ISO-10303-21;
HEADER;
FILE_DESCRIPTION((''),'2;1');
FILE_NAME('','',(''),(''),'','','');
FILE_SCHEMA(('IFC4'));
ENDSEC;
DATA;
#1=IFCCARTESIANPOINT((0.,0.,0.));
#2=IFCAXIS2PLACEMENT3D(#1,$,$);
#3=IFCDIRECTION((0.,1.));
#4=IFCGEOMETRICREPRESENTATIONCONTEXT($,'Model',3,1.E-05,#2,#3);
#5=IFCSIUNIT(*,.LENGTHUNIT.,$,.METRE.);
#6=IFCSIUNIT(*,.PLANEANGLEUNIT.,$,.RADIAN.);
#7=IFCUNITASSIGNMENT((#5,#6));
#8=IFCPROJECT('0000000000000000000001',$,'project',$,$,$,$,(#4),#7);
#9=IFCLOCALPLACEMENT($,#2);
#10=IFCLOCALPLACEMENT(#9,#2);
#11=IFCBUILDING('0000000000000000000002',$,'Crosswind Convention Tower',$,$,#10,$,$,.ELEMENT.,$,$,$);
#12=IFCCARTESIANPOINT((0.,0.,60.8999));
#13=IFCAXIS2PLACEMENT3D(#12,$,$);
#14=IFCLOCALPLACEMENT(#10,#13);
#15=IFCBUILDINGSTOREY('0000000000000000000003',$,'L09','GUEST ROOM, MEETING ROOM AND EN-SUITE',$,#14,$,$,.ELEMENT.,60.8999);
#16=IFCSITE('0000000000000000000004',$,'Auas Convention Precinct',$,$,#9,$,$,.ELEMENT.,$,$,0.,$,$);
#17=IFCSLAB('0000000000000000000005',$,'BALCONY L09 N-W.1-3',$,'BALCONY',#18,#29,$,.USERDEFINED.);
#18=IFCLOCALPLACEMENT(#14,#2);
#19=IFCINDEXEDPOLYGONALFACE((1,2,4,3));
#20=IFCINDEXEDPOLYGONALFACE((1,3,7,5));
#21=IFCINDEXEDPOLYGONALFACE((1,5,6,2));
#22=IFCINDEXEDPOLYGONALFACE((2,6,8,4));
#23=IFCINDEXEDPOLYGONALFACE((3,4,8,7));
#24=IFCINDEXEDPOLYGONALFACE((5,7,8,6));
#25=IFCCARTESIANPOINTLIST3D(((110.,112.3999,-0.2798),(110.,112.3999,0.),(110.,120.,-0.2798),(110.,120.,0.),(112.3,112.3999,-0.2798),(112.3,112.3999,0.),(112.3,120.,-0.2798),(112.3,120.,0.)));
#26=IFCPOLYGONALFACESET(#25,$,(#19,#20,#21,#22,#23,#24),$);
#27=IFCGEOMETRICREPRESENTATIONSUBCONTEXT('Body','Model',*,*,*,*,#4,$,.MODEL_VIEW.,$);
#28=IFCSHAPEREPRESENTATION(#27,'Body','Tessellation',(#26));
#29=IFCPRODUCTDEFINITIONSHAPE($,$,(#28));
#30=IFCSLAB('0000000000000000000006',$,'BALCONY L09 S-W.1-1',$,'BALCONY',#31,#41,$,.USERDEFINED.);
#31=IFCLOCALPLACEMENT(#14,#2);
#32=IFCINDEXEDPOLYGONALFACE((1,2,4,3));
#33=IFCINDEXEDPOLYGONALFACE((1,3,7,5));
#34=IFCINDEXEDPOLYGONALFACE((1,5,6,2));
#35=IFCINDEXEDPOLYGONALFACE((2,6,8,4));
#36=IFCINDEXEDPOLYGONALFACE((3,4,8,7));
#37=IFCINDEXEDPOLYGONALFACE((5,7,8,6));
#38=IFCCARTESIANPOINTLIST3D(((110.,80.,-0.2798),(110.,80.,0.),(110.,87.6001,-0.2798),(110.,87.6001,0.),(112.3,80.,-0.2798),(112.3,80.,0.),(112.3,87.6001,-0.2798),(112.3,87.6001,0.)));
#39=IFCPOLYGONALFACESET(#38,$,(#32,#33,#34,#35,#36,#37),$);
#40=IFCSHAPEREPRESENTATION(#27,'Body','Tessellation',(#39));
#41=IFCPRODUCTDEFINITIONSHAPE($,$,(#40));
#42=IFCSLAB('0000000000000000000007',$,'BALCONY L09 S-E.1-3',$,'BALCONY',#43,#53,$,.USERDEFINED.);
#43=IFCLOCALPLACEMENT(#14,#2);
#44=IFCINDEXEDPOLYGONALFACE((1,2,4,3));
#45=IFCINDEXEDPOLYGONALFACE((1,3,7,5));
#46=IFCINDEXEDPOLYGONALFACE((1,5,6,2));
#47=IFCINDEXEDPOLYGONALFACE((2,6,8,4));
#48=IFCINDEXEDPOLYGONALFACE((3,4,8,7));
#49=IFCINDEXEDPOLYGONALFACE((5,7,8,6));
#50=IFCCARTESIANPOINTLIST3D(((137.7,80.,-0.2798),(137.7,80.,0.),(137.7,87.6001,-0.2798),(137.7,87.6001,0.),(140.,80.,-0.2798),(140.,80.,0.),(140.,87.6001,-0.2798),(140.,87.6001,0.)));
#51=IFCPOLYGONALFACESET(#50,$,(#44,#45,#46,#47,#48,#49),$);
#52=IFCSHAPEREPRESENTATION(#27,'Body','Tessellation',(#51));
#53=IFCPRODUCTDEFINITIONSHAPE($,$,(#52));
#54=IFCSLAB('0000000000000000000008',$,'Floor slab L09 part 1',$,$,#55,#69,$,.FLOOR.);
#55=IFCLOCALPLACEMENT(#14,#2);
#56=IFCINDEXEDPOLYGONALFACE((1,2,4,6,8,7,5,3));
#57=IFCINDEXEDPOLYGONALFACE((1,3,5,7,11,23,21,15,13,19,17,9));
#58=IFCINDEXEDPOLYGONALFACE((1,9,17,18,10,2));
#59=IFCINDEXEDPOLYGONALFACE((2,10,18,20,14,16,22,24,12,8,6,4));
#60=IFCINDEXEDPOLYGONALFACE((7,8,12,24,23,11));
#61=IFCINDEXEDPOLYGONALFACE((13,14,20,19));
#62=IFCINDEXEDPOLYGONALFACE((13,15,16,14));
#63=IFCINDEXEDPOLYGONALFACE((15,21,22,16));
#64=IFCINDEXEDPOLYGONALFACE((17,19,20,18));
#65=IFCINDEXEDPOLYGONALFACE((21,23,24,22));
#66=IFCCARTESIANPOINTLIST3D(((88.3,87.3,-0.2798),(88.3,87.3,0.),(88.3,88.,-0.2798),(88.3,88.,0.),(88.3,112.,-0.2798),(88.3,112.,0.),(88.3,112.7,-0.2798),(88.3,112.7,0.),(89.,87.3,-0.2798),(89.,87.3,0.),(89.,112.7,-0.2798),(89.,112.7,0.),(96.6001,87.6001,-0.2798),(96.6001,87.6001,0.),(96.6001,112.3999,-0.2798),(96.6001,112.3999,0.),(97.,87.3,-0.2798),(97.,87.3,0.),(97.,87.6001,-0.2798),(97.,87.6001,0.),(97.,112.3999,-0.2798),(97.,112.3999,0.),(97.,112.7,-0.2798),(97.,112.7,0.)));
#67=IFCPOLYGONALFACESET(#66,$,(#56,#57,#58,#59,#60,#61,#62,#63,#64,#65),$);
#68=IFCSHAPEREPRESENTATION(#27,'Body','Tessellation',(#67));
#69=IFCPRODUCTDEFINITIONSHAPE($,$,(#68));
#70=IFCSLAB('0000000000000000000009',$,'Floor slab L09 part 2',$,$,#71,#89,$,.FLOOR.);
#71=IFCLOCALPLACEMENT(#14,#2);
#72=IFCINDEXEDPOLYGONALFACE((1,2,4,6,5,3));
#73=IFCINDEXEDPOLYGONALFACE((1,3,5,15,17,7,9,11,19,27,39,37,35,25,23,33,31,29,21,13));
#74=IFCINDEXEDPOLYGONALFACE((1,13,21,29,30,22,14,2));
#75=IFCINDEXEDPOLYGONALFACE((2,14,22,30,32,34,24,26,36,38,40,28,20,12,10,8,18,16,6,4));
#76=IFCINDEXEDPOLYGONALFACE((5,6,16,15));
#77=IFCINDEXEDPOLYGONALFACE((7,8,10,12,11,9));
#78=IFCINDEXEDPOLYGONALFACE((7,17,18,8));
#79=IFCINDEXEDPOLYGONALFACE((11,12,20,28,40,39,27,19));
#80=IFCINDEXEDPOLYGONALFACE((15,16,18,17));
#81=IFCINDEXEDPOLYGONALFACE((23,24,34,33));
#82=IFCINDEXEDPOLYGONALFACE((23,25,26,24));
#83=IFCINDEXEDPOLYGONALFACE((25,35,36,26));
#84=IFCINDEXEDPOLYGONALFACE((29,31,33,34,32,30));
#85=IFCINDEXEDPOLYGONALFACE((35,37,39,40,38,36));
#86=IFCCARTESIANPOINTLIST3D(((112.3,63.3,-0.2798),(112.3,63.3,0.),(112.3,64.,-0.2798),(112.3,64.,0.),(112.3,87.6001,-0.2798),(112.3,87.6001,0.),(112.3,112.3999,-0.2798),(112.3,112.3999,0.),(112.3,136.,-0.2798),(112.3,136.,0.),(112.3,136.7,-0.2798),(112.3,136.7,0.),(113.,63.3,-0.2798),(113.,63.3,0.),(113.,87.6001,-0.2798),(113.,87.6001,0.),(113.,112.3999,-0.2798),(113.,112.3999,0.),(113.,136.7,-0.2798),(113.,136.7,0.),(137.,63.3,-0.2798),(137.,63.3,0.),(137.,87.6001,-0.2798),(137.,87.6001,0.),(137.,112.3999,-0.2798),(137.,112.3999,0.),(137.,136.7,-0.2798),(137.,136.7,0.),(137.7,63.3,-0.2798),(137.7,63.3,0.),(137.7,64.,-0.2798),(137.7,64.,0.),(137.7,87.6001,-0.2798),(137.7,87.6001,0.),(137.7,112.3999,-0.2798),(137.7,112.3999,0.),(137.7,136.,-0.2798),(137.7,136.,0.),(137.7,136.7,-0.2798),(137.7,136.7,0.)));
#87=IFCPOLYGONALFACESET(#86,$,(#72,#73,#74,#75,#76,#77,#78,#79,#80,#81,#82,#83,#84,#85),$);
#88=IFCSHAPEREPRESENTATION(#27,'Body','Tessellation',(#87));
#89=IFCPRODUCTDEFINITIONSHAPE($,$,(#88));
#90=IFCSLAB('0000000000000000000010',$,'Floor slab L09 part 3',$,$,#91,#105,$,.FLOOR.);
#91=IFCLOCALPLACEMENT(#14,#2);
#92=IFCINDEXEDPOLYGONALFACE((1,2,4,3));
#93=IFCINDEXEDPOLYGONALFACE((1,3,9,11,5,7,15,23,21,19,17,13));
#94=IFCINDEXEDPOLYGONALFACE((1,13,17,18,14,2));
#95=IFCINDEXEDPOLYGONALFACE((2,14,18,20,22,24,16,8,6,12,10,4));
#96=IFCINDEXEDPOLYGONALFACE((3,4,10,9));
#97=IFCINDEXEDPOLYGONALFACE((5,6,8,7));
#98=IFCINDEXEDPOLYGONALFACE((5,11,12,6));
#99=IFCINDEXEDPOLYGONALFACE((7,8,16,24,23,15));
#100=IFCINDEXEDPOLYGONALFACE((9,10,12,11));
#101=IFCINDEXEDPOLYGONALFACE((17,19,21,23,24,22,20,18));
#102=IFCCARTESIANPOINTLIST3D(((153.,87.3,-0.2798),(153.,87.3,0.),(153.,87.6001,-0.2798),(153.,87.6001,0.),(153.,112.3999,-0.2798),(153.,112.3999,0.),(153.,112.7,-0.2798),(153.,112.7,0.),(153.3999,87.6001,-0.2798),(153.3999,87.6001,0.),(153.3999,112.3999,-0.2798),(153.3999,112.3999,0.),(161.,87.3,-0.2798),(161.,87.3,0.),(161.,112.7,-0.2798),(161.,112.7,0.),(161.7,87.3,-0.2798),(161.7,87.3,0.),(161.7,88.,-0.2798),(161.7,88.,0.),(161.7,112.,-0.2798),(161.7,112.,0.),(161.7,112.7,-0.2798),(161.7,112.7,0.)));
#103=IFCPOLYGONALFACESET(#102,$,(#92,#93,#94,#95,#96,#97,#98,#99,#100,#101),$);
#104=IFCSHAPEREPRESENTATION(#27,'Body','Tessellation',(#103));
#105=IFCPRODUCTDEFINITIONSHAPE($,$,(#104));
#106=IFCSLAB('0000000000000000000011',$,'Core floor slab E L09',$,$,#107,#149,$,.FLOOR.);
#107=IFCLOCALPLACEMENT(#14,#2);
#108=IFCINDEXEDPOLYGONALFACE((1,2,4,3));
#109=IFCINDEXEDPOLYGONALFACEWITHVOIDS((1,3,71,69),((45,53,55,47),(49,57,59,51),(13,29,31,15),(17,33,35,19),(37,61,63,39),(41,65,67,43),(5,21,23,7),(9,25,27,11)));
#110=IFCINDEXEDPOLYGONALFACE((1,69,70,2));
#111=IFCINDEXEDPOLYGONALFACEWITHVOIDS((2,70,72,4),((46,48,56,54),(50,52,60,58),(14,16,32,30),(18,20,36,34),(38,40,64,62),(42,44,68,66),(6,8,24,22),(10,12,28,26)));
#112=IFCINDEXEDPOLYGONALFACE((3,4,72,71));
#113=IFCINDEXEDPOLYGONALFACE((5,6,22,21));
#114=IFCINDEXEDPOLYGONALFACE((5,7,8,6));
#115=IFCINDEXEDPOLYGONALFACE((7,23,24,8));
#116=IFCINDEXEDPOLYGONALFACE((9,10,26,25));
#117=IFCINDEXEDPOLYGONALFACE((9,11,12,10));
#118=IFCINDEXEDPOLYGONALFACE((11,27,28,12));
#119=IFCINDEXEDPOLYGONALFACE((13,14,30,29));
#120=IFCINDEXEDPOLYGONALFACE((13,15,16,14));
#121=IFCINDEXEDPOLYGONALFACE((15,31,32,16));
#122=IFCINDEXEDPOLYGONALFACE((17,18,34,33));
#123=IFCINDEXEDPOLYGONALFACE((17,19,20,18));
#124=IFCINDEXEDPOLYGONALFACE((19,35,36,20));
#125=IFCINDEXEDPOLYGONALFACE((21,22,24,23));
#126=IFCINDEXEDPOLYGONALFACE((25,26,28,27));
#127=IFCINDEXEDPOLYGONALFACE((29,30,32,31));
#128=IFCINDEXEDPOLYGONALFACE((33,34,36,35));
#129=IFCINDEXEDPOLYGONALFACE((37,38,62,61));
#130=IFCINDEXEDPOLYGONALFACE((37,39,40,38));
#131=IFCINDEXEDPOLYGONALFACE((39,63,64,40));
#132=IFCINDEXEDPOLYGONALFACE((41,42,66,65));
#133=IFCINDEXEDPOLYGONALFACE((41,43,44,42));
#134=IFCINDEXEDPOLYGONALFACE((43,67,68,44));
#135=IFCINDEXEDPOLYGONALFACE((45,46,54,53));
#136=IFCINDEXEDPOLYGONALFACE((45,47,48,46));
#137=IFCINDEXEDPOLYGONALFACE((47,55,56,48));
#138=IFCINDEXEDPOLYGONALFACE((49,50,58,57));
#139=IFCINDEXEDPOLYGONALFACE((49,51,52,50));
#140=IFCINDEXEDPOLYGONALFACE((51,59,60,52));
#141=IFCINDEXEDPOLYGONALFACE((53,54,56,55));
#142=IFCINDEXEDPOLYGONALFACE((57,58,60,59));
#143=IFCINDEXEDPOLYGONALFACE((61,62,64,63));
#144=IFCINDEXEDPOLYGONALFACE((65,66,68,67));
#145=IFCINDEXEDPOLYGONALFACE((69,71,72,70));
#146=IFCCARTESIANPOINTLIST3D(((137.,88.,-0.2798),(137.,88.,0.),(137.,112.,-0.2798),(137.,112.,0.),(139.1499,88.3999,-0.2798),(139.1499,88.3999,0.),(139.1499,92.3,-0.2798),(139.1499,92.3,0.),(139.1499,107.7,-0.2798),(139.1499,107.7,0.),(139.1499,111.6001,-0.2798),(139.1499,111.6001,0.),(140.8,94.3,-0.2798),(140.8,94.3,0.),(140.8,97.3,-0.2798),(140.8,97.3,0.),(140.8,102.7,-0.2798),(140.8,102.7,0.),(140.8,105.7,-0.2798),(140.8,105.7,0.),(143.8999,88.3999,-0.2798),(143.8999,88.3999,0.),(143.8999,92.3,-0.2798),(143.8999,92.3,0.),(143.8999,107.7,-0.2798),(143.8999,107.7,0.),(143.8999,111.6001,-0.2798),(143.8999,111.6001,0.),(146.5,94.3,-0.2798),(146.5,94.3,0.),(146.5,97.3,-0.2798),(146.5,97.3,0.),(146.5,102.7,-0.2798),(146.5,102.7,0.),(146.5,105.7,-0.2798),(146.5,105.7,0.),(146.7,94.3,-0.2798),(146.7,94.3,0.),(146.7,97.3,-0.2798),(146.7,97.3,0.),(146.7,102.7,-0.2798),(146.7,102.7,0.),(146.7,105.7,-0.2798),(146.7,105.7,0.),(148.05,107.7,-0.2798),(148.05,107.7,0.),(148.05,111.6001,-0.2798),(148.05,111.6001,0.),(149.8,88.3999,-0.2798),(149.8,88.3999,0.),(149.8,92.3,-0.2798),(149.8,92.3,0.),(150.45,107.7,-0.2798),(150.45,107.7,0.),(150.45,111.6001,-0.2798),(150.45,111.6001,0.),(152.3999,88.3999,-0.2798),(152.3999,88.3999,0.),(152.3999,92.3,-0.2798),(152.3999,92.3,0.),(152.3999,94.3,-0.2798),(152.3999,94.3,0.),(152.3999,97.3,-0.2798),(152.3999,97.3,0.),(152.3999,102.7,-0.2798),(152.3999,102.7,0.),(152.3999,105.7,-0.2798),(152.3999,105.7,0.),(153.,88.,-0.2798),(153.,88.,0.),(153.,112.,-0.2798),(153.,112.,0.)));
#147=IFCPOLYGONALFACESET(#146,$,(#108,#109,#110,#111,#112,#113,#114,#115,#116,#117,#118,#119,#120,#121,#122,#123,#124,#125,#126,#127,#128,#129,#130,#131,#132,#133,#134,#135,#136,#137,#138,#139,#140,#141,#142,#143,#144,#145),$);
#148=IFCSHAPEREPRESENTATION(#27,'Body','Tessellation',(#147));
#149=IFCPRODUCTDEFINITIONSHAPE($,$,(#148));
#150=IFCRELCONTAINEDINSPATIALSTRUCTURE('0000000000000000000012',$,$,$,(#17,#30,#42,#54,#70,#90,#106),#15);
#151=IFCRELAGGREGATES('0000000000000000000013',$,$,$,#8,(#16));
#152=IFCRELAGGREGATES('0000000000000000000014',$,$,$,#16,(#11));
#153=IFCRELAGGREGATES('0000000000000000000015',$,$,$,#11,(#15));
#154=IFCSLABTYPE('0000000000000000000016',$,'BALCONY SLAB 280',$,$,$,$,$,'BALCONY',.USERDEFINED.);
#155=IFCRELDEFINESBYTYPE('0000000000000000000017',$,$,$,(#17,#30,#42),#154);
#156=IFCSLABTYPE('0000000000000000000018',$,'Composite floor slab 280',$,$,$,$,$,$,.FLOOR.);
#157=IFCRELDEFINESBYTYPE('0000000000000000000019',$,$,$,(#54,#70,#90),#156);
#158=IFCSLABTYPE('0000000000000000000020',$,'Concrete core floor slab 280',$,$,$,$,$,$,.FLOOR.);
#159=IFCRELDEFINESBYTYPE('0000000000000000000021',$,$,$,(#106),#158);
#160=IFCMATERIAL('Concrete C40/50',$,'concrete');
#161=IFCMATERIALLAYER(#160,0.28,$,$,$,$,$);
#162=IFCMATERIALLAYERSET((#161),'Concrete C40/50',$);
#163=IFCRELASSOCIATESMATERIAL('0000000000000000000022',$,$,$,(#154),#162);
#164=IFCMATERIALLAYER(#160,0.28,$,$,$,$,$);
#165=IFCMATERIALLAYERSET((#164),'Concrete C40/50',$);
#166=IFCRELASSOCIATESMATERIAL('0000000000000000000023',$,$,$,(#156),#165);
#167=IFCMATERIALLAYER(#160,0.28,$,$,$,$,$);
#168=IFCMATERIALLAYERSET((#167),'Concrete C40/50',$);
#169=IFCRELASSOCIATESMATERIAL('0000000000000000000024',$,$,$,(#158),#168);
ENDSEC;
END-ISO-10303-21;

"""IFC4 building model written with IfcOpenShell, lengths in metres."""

from ifc_helpers import new_model, si_unit, direction, frame, origin, place, context, subcontext, project, spatial, polyline, outline, extrude, material, layer, layer_set, type_object, element, save


model = new_model("IFC4")

# Units and contexts
model_context = context("Model", 3, precision=1e-05, world=origin(), true_north=direction((0.0, 1.0)))
body_context = subcontext(model_context, "Body", "Model", "MODEL_VIEW")
ifc_project = project(units=[si_unit("LENGTHUNIT", "METRE"), si_unit("PLANEANGLEUNIT", "RADIAN")], contexts=[model_context])

# Site, building, storey
site_placement = place(None, origin())
site = spatial("IfcSite", under=ifc_project, at=site_placement, Name="Auas Convention Precinct", CompositionType="ELEMENT", RefElevation=0.0)
building_placement = place(site_placement, origin())
building = spatial("IfcBuilding", under=site, at=building_placement, Name="Crosswind Convention Tower", CompositionType="ELEMENT")
storey_placement = place(building_placement, frame((0.0, 0.0, 60.8999)))
storey = spatial("IfcBuildingStorey", under=building, at=storey_placement, Name="L09", Description="GUEST ROOM, MEETING ROOM AND EN-SUITE", CompositionType="ELEMENT", Elevation=60.8999)

# Slabs
ifc_material_1 = material(Name="Concrete C40/50", Category="concrete")
ifc_layer_1 = layer(ifc_material_1, 0.28)
ifc_layer_set_1 = layer_set([ifc_layer_1], Name="Concrete C40/50")
slab_type_1 = type_object("IfcSlabType", Name="BALCONY SLAB 280", ElementType="BALCONY", PredefinedType="USERDEFINED", material=ifc_layer_set_1)
slab_1_placement = place(storey_placement, frame((0.0, 0.0, -0.2798)))
element("IfcSlab", 1, at=slab_1_placement, inside=storey, type_object=slab_type_1, Name="BALCONY L09 N-W.1-3", ObjectType="BALCONY", PredefinedType="USERDEFINED", context=body_context, shape_type="SweptSolid", body=[
    extrude(outline(polyline([(112.3, 120.0), (112.3, 112.3999), (110.0, 112.3999), (110.0, 120.0), (112.3, 120.0)])), origin(), (0.0, 0.0, 1.0), 0.2798),
])
slab_2_placement = place(storey_placement, frame((0.0, 0.0, -0.2798)))
element("IfcSlab", 2, at=slab_2_placement, inside=storey, type_object=slab_type_1, Name="BALCONY L09 S-W.1-1", ObjectType="BALCONY", PredefinedType="USERDEFINED", context=body_context, shape_type="SweptSolid", body=[
    extrude(outline(polyline([(112.3, 87.6001), (112.3, 80.0), (110.0, 80.0), (110.0, 87.6001), (112.3, 87.6001)])), origin(), (0.0, 0.0, 1.0), 0.2798),
])
slab_3_placement = place(storey_placement, frame((0.0, 0.0, -0.2798)))
element("IfcSlab", 3, at=slab_3_placement, inside=storey, type_object=slab_type_1, Name="BALCONY L09 S-E.1-3", ObjectType="BALCONY", PredefinedType="USERDEFINED", context=body_context, shape_type="SweptSolid", body=[
    extrude(outline(polyline([(137.7, 80.0), (137.7, 87.6001), (140.0, 87.6001), (140.0, 80.0), (137.7, 80.0)])), origin(), (0.0, 0.0, 1.0), 0.2798),
])
ifc_layer_2 = layer(ifc_material_1, 0.28)
ifc_layer_set_2 = layer_set([ifc_layer_2], Name="Concrete C40/50")
slab_type_2 = type_object("IfcSlabType", Name="Composite floor slab 280", PredefinedType="FLOOR", material=ifc_layer_set_2)
slab_4_placement = place(storey_placement, frame((0.0, 0.0, -0.2798)))
element("IfcSlab", 4, at=slab_4_placement, inside=storey, type_object=slab_type_2, Name="Floor slab L09 part 1", PredefinedType="FLOOR", context=body_context, shape_type="SweptSolid", body=[
    extrude(outline(polyline([(97.0, 87.3), (89.0, 87.3), (88.3, 87.3), (88.3, 88.0), (88.3, 112.0), (88.3, 112.7), (89.0, 112.7), (97.0, 112.7), (97.0, 112.3999), (96.6001, 112.3999), (96.6001, 87.6001), (97.0, 87.6001), (97.0, 87.3)])), origin(), (0.0, 0.0, 1.0), 0.2798),
])
slab_5_placement = place(storey_placement, frame((0.0, 0.0, -0.2798)))
element("IfcSlab", 5, at=slab_5_placement, inside=storey, type_object=slab_type_2, Name="Floor slab L09 part 2", PredefinedType="FLOOR", context=body_context, shape_type="SweptSolid", body=[
    extrude(outline(polyline([(112.3, 87.6001), (113.0, 87.6001), (113.0, 112.3999), (112.3, 112.3999), (112.3, 136.0), (112.3, 136.7), (113.0, 136.7), (137.0, 136.7), (137.7, 136.7), (137.7, 136.0), (137.7, 112.3999), (137.0, 112.3999), (137.0, 87.6001), (137.7, 87.6001), (137.7, 64.0), (137.7, 63.3), (137.0, 63.3), (113.0, 63.3), (112.3, 63.3), (112.3, 64.0), (112.3, 87.6001)])), origin(), (0.0, 0.0, 1.0), 0.2798),
])
slab_6_placement = place(storey_placement, frame((0.0, 0.0, -0.2798)))
element("IfcSlab", 6, at=slab_6_placement, inside=storey, type_object=slab_type_2, Name="Floor slab L09 part 3", PredefinedType="FLOOR", context=body_context, shape_type="SweptSolid", body=[
    extrude(outline(polyline([(153.0, 112.7), (161.0, 112.7), (161.7, 112.7), (161.7, 112.0), (161.7, 88.0), (161.7, 87.3), (161.0, 87.3), (153.0, 87.3), (153.0, 87.6001), (153.3999, 87.6001), (153.3999, 112.3999), (153.0, 112.3999), (153.0, 112.7)])), origin(), (0.0, 0.0, 1.0), 0.2798),
])
ifc_layer_3 = layer(ifc_material_1, 0.28)
ifc_layer_set_3 = layer_set([ifc_layer_3], Name="Concrete C40/50")
slab_type_3 = type_object("IfcSlabType", Name="Concrete core floor slab 280", PredefinedType="FLOOR", material=ifc_layer_set_3)
slab_7_placement = place(storey_placement, frame((0.0, 0.0, -0.2798)))
element("IfcSlab", 7, at=slab_7_placement, inside=storey, type_object=slab_type_3, Name="Core floor slab E L09", PredefinedType="FLOOR", context=body_context, shape_type="SweptSolid", body=[
    extrude(outline(polyline([(137.0, 88.0), (153.0, 88.0), (153.0, 112.0), (137.0, 112.0), (137.0, 88.0)]), holes=[polyline([(146.5, 102.7), (146.5, 105.7), (140.8, 105.7), (140.8, 102.7), (146.5, 102.7)]), polyline([(152.3999, 102.7), (152.3999, 105.7), (146.7, 105.7), (146.7, 102.7), (152.3999, 102.7)]), polyline([(146.5, 94.3), (146.5, 97.3), (140.8, 97.3), (140.8, 94.3), (146.5, 94.3)]), polyline([(152.3999, 94.3), (152.3999, 97.3), (146.7, 97.3), (146.7, 94.3), (152.3999, 94.3)]), polyline([(150.45, 107.7), (150.45, 111.6001), (148.05, 111.6001), (148.05, 107.7), (150.45, 107.7)]), polyline([(152.3999, 88.3999), (152.3999, 92.3), (149.8, 92.3), (149.8, 88.3999), (152.3999, 88.3999)]), polyline([(143.8999, 107.7), (143.8999, 111.6001), (139.1499, 111.6001), (139.1499, 107.7), (143.8999, 107.7)]), polyline([(143.8999, 88.3999), (143.8999, 92.3), (139.1499, 92.3), (139.1499, 88.3999), (143.8999, 88.3999)])]), origin(), (0.0, 0.0, 1.0), 0.2798),
])

save(model, "model.ifc")
